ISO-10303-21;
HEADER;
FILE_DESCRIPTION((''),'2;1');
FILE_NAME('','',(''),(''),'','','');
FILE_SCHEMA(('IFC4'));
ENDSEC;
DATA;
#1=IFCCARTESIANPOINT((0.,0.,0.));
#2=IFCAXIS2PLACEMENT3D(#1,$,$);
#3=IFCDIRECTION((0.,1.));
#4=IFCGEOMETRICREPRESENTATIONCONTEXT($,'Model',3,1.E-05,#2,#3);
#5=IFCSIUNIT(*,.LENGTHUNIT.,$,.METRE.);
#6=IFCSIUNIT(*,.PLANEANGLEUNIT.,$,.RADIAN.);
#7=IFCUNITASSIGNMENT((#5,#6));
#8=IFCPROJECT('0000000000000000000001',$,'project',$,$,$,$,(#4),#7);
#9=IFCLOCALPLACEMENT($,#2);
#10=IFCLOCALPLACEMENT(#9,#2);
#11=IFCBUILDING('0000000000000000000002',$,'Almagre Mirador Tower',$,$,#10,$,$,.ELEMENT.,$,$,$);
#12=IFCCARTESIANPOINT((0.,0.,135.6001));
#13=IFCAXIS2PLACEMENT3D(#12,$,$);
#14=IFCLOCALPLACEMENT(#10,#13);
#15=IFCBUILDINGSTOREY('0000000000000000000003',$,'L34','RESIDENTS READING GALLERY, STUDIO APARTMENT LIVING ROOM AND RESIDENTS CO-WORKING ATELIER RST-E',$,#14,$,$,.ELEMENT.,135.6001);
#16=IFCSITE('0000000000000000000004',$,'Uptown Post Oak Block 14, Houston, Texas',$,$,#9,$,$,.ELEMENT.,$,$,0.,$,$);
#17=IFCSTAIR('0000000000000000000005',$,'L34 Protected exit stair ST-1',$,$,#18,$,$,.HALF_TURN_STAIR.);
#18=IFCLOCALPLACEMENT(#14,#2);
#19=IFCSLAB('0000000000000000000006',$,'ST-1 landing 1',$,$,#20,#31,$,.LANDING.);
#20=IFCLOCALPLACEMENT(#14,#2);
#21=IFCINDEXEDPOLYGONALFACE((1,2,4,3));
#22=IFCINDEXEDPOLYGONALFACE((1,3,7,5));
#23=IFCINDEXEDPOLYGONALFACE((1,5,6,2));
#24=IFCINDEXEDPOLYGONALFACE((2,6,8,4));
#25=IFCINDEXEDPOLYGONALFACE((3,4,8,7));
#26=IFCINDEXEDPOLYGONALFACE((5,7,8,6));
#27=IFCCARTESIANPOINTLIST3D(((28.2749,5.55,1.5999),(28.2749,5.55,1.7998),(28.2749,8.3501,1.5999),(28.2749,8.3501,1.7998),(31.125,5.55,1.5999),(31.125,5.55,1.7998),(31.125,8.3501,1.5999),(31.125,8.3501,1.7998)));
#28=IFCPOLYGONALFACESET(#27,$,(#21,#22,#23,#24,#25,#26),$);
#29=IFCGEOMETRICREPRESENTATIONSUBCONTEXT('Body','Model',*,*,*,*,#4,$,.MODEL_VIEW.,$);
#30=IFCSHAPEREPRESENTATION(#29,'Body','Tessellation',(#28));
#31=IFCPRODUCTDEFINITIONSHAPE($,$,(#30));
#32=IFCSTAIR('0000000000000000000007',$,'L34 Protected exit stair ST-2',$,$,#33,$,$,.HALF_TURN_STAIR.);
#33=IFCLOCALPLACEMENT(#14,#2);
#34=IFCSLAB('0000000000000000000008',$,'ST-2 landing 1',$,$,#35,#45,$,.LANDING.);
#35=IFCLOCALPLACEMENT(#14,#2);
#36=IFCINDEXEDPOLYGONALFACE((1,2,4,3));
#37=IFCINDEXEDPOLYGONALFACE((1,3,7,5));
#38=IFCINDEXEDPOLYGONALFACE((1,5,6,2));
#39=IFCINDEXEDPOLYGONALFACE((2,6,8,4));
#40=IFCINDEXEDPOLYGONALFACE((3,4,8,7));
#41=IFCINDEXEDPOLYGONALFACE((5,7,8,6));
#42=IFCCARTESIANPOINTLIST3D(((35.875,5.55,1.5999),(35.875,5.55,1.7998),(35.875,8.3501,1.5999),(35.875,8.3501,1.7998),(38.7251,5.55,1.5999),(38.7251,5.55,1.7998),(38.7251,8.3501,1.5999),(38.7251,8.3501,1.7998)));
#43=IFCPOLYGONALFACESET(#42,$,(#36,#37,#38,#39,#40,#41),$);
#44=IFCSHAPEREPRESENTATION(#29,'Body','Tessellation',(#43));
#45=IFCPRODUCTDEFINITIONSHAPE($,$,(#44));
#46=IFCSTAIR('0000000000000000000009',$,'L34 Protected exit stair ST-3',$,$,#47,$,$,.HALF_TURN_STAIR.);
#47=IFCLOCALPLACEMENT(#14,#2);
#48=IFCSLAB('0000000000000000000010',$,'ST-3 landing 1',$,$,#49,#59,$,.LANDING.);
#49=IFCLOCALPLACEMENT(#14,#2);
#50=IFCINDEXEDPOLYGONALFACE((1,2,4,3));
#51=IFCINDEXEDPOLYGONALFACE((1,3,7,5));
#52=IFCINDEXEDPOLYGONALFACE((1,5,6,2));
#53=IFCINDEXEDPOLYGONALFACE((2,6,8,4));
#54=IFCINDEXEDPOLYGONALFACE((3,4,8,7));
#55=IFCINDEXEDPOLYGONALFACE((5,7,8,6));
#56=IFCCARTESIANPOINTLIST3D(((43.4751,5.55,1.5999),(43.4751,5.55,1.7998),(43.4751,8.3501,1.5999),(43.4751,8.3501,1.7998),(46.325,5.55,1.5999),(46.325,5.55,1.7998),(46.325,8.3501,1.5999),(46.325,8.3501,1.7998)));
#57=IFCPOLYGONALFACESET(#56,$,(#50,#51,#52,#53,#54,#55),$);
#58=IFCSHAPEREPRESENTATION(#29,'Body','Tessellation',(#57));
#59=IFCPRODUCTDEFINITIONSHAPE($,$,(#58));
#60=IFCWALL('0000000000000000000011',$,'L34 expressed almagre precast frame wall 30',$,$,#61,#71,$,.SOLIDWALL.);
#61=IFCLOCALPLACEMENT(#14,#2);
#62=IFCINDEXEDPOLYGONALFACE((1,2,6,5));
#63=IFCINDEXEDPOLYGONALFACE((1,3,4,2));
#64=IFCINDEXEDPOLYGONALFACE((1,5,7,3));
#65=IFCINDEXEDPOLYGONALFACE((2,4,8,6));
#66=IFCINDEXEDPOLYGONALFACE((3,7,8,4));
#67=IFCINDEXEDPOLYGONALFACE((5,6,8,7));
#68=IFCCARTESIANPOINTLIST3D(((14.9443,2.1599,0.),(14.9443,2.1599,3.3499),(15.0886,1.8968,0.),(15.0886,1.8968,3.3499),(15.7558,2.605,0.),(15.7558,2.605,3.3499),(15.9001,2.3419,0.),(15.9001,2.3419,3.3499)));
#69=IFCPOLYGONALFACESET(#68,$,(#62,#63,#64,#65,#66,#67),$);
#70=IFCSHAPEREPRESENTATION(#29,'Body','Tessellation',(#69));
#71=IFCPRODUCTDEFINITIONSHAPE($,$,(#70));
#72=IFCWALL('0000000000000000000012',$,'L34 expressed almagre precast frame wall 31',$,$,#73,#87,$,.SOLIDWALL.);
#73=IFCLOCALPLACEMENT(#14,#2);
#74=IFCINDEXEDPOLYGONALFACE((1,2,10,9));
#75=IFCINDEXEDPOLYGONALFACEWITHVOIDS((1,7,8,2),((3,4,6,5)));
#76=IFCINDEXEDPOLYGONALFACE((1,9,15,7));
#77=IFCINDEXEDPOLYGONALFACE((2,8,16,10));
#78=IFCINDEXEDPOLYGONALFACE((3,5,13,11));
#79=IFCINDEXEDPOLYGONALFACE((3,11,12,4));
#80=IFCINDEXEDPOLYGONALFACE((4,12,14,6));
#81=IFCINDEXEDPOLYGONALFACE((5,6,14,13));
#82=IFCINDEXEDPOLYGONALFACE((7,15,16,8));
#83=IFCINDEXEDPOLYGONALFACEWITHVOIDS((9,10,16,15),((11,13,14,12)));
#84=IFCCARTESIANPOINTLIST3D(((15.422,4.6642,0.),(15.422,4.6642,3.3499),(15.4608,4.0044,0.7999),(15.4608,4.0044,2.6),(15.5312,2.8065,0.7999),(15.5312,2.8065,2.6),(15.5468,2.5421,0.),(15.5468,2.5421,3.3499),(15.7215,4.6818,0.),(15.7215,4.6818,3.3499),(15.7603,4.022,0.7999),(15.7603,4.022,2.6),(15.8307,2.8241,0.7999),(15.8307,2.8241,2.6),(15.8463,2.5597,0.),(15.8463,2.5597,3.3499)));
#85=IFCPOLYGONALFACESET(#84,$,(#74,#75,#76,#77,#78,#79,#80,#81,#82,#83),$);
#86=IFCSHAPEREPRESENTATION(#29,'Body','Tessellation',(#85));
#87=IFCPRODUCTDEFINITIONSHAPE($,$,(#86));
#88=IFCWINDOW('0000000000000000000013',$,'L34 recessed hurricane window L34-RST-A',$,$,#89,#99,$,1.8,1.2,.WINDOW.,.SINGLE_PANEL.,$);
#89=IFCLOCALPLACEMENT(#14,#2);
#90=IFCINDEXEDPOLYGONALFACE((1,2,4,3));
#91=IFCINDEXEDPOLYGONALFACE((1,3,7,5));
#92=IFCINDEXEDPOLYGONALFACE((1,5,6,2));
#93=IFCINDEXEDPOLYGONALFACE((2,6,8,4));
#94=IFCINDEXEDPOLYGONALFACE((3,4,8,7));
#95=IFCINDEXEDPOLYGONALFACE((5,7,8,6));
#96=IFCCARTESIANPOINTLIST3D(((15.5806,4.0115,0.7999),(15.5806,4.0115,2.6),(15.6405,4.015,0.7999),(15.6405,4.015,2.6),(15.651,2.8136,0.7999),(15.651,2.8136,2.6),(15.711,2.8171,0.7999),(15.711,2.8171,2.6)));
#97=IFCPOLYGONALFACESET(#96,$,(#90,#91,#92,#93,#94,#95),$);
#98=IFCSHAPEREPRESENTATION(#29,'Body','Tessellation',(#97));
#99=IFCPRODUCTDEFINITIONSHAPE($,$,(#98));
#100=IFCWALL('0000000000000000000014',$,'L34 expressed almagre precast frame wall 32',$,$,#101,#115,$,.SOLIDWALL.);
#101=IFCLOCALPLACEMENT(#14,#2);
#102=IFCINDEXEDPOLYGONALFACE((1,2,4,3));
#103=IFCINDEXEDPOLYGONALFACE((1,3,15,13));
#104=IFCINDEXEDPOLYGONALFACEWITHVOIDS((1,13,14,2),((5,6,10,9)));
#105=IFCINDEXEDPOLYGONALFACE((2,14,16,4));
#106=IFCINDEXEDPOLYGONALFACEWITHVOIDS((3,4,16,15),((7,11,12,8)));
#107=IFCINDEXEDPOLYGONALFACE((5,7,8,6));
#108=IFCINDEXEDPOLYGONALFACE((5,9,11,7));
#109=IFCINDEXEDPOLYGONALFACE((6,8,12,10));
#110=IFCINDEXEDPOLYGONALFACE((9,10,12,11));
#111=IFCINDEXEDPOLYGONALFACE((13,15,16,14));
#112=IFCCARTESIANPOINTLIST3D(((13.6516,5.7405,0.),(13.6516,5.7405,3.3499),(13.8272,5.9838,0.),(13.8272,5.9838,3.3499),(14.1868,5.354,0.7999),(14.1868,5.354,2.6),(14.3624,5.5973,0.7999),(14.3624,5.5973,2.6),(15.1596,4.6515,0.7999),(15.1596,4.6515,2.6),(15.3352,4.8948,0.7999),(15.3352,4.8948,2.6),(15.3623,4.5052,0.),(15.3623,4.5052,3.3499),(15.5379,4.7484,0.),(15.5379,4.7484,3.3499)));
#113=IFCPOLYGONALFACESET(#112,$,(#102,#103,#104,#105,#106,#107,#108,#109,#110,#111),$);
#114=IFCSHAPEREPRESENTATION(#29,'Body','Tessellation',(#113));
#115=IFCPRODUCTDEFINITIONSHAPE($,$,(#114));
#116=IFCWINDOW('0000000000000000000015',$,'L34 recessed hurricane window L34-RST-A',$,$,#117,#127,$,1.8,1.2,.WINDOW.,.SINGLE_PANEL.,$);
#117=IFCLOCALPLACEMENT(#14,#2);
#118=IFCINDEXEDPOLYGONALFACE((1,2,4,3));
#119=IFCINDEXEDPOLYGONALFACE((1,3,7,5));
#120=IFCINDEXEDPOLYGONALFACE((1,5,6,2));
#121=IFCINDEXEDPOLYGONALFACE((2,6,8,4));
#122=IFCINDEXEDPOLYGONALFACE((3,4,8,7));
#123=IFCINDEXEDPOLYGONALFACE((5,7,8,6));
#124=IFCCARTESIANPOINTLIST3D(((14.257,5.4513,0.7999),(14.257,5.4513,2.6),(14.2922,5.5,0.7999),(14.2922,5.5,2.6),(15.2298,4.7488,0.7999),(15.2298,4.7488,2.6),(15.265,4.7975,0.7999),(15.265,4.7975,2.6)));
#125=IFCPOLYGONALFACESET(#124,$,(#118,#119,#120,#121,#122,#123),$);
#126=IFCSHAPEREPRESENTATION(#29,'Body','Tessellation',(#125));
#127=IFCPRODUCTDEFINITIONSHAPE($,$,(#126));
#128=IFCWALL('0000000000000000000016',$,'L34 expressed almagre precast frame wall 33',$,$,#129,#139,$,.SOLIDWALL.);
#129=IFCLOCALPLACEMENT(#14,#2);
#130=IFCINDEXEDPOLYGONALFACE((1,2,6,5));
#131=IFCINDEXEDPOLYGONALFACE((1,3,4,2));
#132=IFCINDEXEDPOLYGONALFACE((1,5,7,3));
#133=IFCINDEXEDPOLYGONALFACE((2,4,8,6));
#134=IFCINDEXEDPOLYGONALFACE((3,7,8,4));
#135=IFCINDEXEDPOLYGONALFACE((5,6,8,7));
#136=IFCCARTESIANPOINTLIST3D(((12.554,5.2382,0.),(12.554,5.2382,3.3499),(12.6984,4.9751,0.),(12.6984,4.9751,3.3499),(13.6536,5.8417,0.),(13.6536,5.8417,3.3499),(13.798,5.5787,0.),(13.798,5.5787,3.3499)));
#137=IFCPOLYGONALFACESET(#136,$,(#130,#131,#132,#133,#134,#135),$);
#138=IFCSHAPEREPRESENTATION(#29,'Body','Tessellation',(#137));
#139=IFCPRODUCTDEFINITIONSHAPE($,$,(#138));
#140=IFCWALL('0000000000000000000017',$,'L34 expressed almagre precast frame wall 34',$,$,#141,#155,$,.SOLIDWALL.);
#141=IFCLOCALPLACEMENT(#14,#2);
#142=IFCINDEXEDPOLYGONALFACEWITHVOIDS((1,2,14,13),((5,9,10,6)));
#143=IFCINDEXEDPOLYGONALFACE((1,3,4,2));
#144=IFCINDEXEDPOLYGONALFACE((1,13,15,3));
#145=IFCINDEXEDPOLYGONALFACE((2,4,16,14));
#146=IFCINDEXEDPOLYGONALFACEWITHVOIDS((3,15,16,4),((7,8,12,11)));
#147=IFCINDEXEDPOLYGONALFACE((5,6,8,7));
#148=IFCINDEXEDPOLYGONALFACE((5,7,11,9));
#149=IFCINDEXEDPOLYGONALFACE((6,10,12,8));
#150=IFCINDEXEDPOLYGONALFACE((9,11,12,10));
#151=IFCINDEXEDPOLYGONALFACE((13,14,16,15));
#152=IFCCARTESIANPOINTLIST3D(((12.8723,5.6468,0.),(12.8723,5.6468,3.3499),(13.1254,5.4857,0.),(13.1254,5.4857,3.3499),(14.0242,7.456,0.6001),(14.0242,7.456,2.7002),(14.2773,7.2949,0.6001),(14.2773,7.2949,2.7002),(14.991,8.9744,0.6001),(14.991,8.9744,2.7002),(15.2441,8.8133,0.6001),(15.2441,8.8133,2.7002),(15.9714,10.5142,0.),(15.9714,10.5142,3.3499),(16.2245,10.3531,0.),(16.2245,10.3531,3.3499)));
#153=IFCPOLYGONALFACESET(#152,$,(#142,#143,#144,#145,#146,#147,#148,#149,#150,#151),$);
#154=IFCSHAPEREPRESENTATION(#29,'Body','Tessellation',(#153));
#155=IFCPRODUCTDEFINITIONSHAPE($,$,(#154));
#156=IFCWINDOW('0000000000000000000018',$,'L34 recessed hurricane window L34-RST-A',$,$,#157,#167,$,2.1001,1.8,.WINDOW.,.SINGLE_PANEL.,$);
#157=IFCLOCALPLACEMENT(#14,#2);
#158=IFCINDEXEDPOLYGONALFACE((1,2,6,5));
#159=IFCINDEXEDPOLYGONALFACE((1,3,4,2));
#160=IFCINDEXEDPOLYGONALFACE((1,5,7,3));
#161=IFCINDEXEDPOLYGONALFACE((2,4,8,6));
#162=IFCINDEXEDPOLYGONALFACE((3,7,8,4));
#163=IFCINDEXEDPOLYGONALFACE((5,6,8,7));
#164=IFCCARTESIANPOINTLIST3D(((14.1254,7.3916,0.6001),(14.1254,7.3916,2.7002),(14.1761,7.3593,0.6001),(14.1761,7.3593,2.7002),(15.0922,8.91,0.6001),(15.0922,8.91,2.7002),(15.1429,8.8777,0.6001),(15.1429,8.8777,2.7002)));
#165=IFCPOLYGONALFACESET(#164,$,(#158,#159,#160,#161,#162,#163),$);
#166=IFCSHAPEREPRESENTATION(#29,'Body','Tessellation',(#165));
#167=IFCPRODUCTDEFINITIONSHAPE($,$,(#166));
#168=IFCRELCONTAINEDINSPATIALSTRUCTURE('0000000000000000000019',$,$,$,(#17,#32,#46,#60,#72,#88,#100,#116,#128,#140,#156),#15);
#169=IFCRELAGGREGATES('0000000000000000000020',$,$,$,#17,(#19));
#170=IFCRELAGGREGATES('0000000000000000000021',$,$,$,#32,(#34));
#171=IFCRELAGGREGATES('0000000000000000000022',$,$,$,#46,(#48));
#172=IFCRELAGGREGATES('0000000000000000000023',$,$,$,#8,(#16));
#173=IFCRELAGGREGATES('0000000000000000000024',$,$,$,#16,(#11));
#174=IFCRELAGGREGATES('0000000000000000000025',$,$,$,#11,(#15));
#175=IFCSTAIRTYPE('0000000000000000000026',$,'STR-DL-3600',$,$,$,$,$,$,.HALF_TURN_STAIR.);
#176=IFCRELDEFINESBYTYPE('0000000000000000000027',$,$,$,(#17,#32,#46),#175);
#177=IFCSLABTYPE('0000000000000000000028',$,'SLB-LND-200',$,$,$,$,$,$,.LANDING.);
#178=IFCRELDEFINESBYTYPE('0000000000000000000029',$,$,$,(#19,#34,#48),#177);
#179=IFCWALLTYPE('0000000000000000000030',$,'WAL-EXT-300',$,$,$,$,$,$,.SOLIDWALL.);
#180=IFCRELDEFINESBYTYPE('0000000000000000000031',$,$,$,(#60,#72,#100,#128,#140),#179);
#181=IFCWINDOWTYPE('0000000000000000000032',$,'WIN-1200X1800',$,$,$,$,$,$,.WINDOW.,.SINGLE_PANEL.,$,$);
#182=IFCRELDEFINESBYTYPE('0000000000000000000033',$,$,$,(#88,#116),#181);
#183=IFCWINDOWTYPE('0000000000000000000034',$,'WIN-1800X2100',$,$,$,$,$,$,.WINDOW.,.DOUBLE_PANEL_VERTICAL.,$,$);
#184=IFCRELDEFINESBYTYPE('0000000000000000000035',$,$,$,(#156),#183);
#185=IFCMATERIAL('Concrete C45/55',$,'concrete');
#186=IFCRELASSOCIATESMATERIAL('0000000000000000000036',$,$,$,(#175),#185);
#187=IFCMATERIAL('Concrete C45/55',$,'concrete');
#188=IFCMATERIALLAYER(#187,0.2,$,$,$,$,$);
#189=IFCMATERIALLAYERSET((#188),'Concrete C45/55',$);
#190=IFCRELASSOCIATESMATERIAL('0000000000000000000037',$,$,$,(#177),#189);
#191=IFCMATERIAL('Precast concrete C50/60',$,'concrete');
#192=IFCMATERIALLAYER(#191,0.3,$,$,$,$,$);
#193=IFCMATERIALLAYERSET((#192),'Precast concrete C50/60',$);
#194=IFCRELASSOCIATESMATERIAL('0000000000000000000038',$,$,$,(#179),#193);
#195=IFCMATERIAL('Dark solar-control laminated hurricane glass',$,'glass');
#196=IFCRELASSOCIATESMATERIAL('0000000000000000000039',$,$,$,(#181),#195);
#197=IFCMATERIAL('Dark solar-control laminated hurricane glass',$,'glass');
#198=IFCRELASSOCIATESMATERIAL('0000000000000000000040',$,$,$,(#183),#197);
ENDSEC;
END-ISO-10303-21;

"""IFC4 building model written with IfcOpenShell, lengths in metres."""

from ifc_helpers import new_model, si_unit, direction, frame, frame_2d, origin, place, context, subcontext, project, spatial, polyline, rectangle, outline, extrude, material, layer, layer_set, type_object, element, fill, aggregate, save


model = new_model("IFC4")

# Units and contexts
model_context = context("Model", 3, precision=1e-05, world=origin(), true_north=direction((0.0, 1.0)))
body_context = subcontext(model_context, "Body", "Model", "MODEL_VIEW")
ifc_project = project(units=[si_unit("LENGTHUNIT", "METRE"), si_unit("PLANEANGLEUNIT", "RADIAN")], contexts=[model_context])

# Site, building, storey
site_placement = place(None, origin())
site = spatial("IfcSite", under=ifc_project, at=site_placement, Name="Uptown Post Oak Block 14, Houston, Texas", CompositionType="ELEMENT", RefElevation=0.0)
building_placement = place(site_placement, origin())
building = spatial("IfcBuilding", under=site, at=building_placement, Name="Almagre Mirador Tower", CompositionType="ELEMENT")
storey_placement = place(building_placement, frame((0.0, 0.0, 135.6001)))
storey = spatial("IfcBuildingStorey", under=building, at=storey_placement, Name="L34", Description="RESIDENTS READING GALLERY, STUDIO APARTMENT LIVING ROOM AND RESIDENTS CO-WORKING ATELIER RST-E", CompositionType="ELEMENT", Elevation=135.6001)

# Stairs, slabs
ifc_material_1 = material(Name="Concrete C45/55", Category="concrete")
stair_type = type_object("IfcStairType", Name="STR-DL-3600", PredefinedType="HALF_TURN_STAIR", material=ifc_material_1)
stair_1_placement = place(storey_placement, origin())
stair_1 = element("IfcStair", 1, at=stair_1_placement, inside=storey, type_object=stair_type, Name="L34 Protected exit stair ST-1", PredefinedType="HALF_TURN_STAIR")
ifc_material_2 = material(Name="Concrete C45/55", Category="concrete")
ifc_layer_1 = layer(ifc_material_2, 0.2)
ifc_layer_set_1 = layer_set([ifc_layer_1], Name="Concrete C45/55")
slab_type_1 = type_object("IfcSlabType", Name="SLB-LND-200", PredefinedType="LANDING", material=ifc_layer_set_1)
slab_1_placement = place(storey_placement, frame((0.0, 0.0, 1.5999)))
slab_1 = element("IfcSlab", 2, at=slab_1_placement, type_object=slab_type_1, Name="ST-1 landing 1", PredefinedType="LANDING", context=body_context, shape_type="SweptSolid", body=[
    extrude(outline(polyline([(28.2749, 8.3501), (28.2749, 5.55), (31.125, 5.55), (31.125, 8.3501), (28.2749, 8.3501)])), origin(), (0.0, 0.0, 1.0), 0.2),
])
aggregate(stair_1, [slab_1])
stair_2_placement = place(storey_placement, origin())
stair_2 = element("IfcStair", 3, at=stair_2_placement, inside=storey, type_object=stair_type, Name="L34 Protected exit stair ST-2", PredefinedType="HALF_TURN_STAIR")
slab_2_placement = place(storey_placement, frame((0.0, 0.0, 1.5999)))
slab_2 = element("IfcSlab", 4, at=slab_2_placement, type_object=slab_type_1, Name="ST-2 landing 1", PredefinedType="LANDING", context=body_context, shape_type="SweptSolid", body=[
    extrude(outline(polyline([(35.875, 8.3501), (35.875, 5.55), (38.7251, 5.55), (38.7251, 8.3501), (35.875, 8.3501)])), origin(), (0.0, 0.0, 1.0), 0.2),
])
aggregate(stair_2, [slab_2])
stair_3_placement = place(storey_placement, origin())
stair_3 = element("IfcStair", 5, at=stair_3_placement, inside=storey, type_object=stair_type, Name="L34 Protected exit stair ST-3", PredefinedType="HALF_TURN_STAIR")
slab_3_placement = place(storey_placement, frame((0.0, 0.0, 1.5999)))
slab_3 = element("IfcSlab", 6, at=slab_3_placement, type_object=slab_type_1, Name="ST-3 landing 1", PredefinedType="LANDING", context=body_context, shape_type="SweptSolid", body=[
    extrude(outline(polyline([(43.4751, 8.3501), (43.4751, 5.55), (46.325, 5.55), (46.325, 8.3501), (43.4751, 8.3501)])), origin(), (0.0, 0.0, 1.0), 0.2),
])
aggregate(stair_3, [slab_3])

# Wall
ifc_material_3 = material(Name="Precast concrete C50/60", Category="concrete")
ifc_layer_2 = layer(ifc_material_3, 0.3)
ifc_layer_set_2 = layer_set([ifc_layer_2], Name="Precast concrete C50/60")
wall_type = type_object("IfcWallType", Name="WAL-EXT-300", PredefinedType="SOLIDWALL", material=ifc_layer_set_2)
wall_1_placement = place(storey_placement, frame((15.0164, 2.0283, 0.0), z_axis=(0.0, 0.0, 1.0), x_axis=(0.876794, 0.480865, 0.0)))
element("IfcWall", 7, at=wall_1_placement, inside=storey, type_object=wall_type, Name="L34 expressed almagre precast frame wall 30", PredefinedType="SOLIDWALL", context=body_context, shape_type="SweptSolid", body=[
    extrude(rectangle(XDim=0.9255, YDim=0.3, at=frame_2d((0.4629, 0.0))), origin(), (0.0, 0.0, 1.0), 3.3499),
])

# Walls, openings, windows
wall_2_placement = place(storey_placement, frame((15.6965, 2.5508, 0.0), z_axis=(0.0, 0.0, 1.0), x_axis=(-0.058688, 0.998276, 0.0)))
wall_2 = element("IfcWall", 8, at=wall_2_placement, inside=storey, type_object=wall_type, Name="L34 expressed almagre precast frame wall 31", PredefinedType="SOLIDWALL", context=body_context, shape_type="SweptSolid", body=[
    extrude(rectangle(XDim=2.1257, YDim=0.3, at=frame_2d((1.063, 0.0))), origin(), (0.0, 0.0, 1.0), 3.3499),
])
opening_1_placement = place(wall_2_placement, frame((0.2649, 0.0, 0.8)))
opening_1 = element("IfcOpeningElement", 9, at=opening_1_placement, cuts=wall_2, PredefinedType="OPENING", context=body_context, shape_type="SweptSolid", body=[
    extrude(rectangle(XDim=1.2, YDim=1.8, at=frame_2d((0.6001, 0.8999))), frame((0.0, 0.1599, 0.0), z_axis=(0.0, -1.0, 0.0), x_axis=(1.0, 0.0, 0.0)), (0.0, 0.0, 1.0), 0.32),
])
ifc_material_4 = material(Name="Dark solar-control laminated hurricane glass", Category="glass")
window_type_1 = type_object("IfcWindowType", Name="WIN-1200X1800", PartitioningType="SINGLE_PANEL", PredefinedType="WINDOW", material=ifc_material_4)
window_1_placement = place(opening_1_placement, origin())
window_1 = element("IfcWindow", 10, at=window_1_placement, inside=storey, type_object=window_type_1, Name="L34 recessed hurricane window L34-RST-A", OverallHeight=1.8, OverallWidth=1.2, PartitioningType="SINGLE_PANEL", PredefinedType="WINDOW", context=body_context, shape_type="SweptSolid", body=[
    extrude(rectangle(XDim=1.2, YDim=1.8, at=frame_2d((0.6001, 0.8999))), frame((0.0, 0.03, 0.0), z_axis=(0.0, -1.0, 0.0), x_axis=(1.0, 0.0, 0.0)), (0.0, 0.0, 1.0), 0.0601),
])
fill(opening_1, window_1)
wall_3_placement = place(storey_placement, frame((15.4502, 4.6267, 0.0), z_axis=(0.0, 0.0, 1.0), x_axis=(-0.810713, 0.585444, 0.0)))
wall_3 = element("IfcWall", 11, at=wall_3_placement, inside=storey, type_object=wall_type, Name="L34 expressed almagre precast frame wall 32", PredefinedType="SOLIDWALL", context=body_context, shape_type="SweptSolid", body=[
    extrude(rectangle(XDim=2.1101, YDim=0.3, at=frame_2d((1.0552, 0.0))), origin(), (0.0, 0.0, 1.0), 3.3499),
])
opening_2_placement = place(wall_3_placement, frame((0.25, 0.0, 0.8)))
opening_2 = element("IfcOpeningElement", 12, at=opening_2_placement, cuts=wall_3, PredefinedType="OPENING", context=body_context, shape_type="SweptSolid", body=[
    extrude(rectangle(XDim=1.2, YDim=1.8, at=frame_2d((0.6001, 0.8999))), frame((0.0, 0.1599, 0.0), z_axis=(0.0, -1.0, 0.0), x_axis=(1.0, 0.0, 0.0)), (0.0, 0.0, 1.0), 0.32),
])
window_2_placement = place(opening_2_placement, origin())
window_2 = element("IfcWindow", 13, at=window_2_placement, inside=storey, type_object=window_type_1, Name="L34 recessed hurricane window L34-RST-A", OverallHeight=1.8, OverallWidth=1.2, PartitioningType="SINGLE_PANEL", PredefinedType="WINDOW", context=body_context, shape_type="SweptSolid", body=[
    extrude(rectangle(XDim=1.2, YDim=1.8, at=frame_2d((0.6001, 0.8999))), frame((0.0, 0.03, 0.0), z_axis=(0.0, -1.0, 0.0), x_axis=(1.0, 0.0, 0.0)), (0.0, 0.0, 1.0), 0.0601),
])
fill(opening_2, window_2)

# Wall
wall_4_placement = place(storey_placement, frame((13.7258, 5.7102, 0.0), z_axis=(0.0, 0.0, 1.0), x_axis=(-0.876643, -0.481142, 0.0)))
element("IfcWall", 14, at=wall_4_placement, inside=storey, type_object=wall_type, Name="L34 expressed almagre precast frame wall 33", PredefinedType="SOLIDWALL", context=body_context, shape_type="SweptSolid", body=[
    extrude(rectangle(XDim=1.2544, YDim=0.3, at=frame_2d((0.6272, 0.0))), origin(), (0.0, 0.0, 1.0), 3.3499),
])

# Wall, opening, window
wall_5_placement = place(storey_placement, frame((12.9988, 5.5662, 0.0), z_axis=(0.0, 0.0, 1.0), x_axis=(0.537081, 0.843531, 0.0)))
wall_5 = element("IfcWall", 15, at=wall_5_placement, inside=storey, type_object=wall_type, Name="L34 expressed almagre precast frame wall 34", PredefinedType="SOLIDWALL", context=body_context, shape_type="SweptSolid", body=[
    extrude(rectangle(XDim=5.7703, YDim=0.3, at=frame_2d((2.8853, 0.0))), origin(), (0.0, 0.0, 1.0), 3.3499),
])
opening_3_placement = place(wall_5_placement, frame((2.145, 0.0, 0.6001)))
opening_3 = element("IfcOpeningElement", 16, at=opening_3_placement, cuts=wall_5, PredefinedType="OPENING", context=body_context, shape_type="SweptSolid", body=[
    extrude(rectangle(XDim=1.8, YDim=2.1001, at=frame_2d((0.8999, 1.05))), frame((0.0, 0.1599, 0.0), z_axis=(0.0, -1.0, 0.0), x_axis=(1.0, 0.0, 0.0)), (0.0, 0.0, 1.0), 0.32),
])
ifc_material_5 = material(Name="Dark solar-control laminated hurricane glass", Category="glass")
window_type_2 = type_object("IfcWindowType", Name="WIN-1800X2100", PartitioningType="DOUBLE_PANEL_VERTICAL", PredefinedType="WINDOW", material=ifc_material_5)
window_3_placement = place(opening_3_placement, origin())
window_3 = element("IfcWindow", 17, at=window_3_placement, inside=storey, type_object=window_type_2, Name="L34 recessed hurricane window L34-RST-A", OverallHeight=2.1001, OverallWidth=1.8, PartitioningType="SINGLE_PANEL", PredefinedType="WINDOW", context=body_context, shape_type="SweptSolid", body=[
    extrude(rectangle(XDim=1.8, YDim=2.1001, at=frame_2d((0.8999, 1.05))), frame((0.0, 0.03, 0.0), z_axis=(0.0, -1.0, 0.0), x_axis=(1.0, 0.0, 0.0)), (0.0, 0.0, 1.0), 0.0601),
])
fill(opening_3, window_3)

save(model, "model.ifc")
